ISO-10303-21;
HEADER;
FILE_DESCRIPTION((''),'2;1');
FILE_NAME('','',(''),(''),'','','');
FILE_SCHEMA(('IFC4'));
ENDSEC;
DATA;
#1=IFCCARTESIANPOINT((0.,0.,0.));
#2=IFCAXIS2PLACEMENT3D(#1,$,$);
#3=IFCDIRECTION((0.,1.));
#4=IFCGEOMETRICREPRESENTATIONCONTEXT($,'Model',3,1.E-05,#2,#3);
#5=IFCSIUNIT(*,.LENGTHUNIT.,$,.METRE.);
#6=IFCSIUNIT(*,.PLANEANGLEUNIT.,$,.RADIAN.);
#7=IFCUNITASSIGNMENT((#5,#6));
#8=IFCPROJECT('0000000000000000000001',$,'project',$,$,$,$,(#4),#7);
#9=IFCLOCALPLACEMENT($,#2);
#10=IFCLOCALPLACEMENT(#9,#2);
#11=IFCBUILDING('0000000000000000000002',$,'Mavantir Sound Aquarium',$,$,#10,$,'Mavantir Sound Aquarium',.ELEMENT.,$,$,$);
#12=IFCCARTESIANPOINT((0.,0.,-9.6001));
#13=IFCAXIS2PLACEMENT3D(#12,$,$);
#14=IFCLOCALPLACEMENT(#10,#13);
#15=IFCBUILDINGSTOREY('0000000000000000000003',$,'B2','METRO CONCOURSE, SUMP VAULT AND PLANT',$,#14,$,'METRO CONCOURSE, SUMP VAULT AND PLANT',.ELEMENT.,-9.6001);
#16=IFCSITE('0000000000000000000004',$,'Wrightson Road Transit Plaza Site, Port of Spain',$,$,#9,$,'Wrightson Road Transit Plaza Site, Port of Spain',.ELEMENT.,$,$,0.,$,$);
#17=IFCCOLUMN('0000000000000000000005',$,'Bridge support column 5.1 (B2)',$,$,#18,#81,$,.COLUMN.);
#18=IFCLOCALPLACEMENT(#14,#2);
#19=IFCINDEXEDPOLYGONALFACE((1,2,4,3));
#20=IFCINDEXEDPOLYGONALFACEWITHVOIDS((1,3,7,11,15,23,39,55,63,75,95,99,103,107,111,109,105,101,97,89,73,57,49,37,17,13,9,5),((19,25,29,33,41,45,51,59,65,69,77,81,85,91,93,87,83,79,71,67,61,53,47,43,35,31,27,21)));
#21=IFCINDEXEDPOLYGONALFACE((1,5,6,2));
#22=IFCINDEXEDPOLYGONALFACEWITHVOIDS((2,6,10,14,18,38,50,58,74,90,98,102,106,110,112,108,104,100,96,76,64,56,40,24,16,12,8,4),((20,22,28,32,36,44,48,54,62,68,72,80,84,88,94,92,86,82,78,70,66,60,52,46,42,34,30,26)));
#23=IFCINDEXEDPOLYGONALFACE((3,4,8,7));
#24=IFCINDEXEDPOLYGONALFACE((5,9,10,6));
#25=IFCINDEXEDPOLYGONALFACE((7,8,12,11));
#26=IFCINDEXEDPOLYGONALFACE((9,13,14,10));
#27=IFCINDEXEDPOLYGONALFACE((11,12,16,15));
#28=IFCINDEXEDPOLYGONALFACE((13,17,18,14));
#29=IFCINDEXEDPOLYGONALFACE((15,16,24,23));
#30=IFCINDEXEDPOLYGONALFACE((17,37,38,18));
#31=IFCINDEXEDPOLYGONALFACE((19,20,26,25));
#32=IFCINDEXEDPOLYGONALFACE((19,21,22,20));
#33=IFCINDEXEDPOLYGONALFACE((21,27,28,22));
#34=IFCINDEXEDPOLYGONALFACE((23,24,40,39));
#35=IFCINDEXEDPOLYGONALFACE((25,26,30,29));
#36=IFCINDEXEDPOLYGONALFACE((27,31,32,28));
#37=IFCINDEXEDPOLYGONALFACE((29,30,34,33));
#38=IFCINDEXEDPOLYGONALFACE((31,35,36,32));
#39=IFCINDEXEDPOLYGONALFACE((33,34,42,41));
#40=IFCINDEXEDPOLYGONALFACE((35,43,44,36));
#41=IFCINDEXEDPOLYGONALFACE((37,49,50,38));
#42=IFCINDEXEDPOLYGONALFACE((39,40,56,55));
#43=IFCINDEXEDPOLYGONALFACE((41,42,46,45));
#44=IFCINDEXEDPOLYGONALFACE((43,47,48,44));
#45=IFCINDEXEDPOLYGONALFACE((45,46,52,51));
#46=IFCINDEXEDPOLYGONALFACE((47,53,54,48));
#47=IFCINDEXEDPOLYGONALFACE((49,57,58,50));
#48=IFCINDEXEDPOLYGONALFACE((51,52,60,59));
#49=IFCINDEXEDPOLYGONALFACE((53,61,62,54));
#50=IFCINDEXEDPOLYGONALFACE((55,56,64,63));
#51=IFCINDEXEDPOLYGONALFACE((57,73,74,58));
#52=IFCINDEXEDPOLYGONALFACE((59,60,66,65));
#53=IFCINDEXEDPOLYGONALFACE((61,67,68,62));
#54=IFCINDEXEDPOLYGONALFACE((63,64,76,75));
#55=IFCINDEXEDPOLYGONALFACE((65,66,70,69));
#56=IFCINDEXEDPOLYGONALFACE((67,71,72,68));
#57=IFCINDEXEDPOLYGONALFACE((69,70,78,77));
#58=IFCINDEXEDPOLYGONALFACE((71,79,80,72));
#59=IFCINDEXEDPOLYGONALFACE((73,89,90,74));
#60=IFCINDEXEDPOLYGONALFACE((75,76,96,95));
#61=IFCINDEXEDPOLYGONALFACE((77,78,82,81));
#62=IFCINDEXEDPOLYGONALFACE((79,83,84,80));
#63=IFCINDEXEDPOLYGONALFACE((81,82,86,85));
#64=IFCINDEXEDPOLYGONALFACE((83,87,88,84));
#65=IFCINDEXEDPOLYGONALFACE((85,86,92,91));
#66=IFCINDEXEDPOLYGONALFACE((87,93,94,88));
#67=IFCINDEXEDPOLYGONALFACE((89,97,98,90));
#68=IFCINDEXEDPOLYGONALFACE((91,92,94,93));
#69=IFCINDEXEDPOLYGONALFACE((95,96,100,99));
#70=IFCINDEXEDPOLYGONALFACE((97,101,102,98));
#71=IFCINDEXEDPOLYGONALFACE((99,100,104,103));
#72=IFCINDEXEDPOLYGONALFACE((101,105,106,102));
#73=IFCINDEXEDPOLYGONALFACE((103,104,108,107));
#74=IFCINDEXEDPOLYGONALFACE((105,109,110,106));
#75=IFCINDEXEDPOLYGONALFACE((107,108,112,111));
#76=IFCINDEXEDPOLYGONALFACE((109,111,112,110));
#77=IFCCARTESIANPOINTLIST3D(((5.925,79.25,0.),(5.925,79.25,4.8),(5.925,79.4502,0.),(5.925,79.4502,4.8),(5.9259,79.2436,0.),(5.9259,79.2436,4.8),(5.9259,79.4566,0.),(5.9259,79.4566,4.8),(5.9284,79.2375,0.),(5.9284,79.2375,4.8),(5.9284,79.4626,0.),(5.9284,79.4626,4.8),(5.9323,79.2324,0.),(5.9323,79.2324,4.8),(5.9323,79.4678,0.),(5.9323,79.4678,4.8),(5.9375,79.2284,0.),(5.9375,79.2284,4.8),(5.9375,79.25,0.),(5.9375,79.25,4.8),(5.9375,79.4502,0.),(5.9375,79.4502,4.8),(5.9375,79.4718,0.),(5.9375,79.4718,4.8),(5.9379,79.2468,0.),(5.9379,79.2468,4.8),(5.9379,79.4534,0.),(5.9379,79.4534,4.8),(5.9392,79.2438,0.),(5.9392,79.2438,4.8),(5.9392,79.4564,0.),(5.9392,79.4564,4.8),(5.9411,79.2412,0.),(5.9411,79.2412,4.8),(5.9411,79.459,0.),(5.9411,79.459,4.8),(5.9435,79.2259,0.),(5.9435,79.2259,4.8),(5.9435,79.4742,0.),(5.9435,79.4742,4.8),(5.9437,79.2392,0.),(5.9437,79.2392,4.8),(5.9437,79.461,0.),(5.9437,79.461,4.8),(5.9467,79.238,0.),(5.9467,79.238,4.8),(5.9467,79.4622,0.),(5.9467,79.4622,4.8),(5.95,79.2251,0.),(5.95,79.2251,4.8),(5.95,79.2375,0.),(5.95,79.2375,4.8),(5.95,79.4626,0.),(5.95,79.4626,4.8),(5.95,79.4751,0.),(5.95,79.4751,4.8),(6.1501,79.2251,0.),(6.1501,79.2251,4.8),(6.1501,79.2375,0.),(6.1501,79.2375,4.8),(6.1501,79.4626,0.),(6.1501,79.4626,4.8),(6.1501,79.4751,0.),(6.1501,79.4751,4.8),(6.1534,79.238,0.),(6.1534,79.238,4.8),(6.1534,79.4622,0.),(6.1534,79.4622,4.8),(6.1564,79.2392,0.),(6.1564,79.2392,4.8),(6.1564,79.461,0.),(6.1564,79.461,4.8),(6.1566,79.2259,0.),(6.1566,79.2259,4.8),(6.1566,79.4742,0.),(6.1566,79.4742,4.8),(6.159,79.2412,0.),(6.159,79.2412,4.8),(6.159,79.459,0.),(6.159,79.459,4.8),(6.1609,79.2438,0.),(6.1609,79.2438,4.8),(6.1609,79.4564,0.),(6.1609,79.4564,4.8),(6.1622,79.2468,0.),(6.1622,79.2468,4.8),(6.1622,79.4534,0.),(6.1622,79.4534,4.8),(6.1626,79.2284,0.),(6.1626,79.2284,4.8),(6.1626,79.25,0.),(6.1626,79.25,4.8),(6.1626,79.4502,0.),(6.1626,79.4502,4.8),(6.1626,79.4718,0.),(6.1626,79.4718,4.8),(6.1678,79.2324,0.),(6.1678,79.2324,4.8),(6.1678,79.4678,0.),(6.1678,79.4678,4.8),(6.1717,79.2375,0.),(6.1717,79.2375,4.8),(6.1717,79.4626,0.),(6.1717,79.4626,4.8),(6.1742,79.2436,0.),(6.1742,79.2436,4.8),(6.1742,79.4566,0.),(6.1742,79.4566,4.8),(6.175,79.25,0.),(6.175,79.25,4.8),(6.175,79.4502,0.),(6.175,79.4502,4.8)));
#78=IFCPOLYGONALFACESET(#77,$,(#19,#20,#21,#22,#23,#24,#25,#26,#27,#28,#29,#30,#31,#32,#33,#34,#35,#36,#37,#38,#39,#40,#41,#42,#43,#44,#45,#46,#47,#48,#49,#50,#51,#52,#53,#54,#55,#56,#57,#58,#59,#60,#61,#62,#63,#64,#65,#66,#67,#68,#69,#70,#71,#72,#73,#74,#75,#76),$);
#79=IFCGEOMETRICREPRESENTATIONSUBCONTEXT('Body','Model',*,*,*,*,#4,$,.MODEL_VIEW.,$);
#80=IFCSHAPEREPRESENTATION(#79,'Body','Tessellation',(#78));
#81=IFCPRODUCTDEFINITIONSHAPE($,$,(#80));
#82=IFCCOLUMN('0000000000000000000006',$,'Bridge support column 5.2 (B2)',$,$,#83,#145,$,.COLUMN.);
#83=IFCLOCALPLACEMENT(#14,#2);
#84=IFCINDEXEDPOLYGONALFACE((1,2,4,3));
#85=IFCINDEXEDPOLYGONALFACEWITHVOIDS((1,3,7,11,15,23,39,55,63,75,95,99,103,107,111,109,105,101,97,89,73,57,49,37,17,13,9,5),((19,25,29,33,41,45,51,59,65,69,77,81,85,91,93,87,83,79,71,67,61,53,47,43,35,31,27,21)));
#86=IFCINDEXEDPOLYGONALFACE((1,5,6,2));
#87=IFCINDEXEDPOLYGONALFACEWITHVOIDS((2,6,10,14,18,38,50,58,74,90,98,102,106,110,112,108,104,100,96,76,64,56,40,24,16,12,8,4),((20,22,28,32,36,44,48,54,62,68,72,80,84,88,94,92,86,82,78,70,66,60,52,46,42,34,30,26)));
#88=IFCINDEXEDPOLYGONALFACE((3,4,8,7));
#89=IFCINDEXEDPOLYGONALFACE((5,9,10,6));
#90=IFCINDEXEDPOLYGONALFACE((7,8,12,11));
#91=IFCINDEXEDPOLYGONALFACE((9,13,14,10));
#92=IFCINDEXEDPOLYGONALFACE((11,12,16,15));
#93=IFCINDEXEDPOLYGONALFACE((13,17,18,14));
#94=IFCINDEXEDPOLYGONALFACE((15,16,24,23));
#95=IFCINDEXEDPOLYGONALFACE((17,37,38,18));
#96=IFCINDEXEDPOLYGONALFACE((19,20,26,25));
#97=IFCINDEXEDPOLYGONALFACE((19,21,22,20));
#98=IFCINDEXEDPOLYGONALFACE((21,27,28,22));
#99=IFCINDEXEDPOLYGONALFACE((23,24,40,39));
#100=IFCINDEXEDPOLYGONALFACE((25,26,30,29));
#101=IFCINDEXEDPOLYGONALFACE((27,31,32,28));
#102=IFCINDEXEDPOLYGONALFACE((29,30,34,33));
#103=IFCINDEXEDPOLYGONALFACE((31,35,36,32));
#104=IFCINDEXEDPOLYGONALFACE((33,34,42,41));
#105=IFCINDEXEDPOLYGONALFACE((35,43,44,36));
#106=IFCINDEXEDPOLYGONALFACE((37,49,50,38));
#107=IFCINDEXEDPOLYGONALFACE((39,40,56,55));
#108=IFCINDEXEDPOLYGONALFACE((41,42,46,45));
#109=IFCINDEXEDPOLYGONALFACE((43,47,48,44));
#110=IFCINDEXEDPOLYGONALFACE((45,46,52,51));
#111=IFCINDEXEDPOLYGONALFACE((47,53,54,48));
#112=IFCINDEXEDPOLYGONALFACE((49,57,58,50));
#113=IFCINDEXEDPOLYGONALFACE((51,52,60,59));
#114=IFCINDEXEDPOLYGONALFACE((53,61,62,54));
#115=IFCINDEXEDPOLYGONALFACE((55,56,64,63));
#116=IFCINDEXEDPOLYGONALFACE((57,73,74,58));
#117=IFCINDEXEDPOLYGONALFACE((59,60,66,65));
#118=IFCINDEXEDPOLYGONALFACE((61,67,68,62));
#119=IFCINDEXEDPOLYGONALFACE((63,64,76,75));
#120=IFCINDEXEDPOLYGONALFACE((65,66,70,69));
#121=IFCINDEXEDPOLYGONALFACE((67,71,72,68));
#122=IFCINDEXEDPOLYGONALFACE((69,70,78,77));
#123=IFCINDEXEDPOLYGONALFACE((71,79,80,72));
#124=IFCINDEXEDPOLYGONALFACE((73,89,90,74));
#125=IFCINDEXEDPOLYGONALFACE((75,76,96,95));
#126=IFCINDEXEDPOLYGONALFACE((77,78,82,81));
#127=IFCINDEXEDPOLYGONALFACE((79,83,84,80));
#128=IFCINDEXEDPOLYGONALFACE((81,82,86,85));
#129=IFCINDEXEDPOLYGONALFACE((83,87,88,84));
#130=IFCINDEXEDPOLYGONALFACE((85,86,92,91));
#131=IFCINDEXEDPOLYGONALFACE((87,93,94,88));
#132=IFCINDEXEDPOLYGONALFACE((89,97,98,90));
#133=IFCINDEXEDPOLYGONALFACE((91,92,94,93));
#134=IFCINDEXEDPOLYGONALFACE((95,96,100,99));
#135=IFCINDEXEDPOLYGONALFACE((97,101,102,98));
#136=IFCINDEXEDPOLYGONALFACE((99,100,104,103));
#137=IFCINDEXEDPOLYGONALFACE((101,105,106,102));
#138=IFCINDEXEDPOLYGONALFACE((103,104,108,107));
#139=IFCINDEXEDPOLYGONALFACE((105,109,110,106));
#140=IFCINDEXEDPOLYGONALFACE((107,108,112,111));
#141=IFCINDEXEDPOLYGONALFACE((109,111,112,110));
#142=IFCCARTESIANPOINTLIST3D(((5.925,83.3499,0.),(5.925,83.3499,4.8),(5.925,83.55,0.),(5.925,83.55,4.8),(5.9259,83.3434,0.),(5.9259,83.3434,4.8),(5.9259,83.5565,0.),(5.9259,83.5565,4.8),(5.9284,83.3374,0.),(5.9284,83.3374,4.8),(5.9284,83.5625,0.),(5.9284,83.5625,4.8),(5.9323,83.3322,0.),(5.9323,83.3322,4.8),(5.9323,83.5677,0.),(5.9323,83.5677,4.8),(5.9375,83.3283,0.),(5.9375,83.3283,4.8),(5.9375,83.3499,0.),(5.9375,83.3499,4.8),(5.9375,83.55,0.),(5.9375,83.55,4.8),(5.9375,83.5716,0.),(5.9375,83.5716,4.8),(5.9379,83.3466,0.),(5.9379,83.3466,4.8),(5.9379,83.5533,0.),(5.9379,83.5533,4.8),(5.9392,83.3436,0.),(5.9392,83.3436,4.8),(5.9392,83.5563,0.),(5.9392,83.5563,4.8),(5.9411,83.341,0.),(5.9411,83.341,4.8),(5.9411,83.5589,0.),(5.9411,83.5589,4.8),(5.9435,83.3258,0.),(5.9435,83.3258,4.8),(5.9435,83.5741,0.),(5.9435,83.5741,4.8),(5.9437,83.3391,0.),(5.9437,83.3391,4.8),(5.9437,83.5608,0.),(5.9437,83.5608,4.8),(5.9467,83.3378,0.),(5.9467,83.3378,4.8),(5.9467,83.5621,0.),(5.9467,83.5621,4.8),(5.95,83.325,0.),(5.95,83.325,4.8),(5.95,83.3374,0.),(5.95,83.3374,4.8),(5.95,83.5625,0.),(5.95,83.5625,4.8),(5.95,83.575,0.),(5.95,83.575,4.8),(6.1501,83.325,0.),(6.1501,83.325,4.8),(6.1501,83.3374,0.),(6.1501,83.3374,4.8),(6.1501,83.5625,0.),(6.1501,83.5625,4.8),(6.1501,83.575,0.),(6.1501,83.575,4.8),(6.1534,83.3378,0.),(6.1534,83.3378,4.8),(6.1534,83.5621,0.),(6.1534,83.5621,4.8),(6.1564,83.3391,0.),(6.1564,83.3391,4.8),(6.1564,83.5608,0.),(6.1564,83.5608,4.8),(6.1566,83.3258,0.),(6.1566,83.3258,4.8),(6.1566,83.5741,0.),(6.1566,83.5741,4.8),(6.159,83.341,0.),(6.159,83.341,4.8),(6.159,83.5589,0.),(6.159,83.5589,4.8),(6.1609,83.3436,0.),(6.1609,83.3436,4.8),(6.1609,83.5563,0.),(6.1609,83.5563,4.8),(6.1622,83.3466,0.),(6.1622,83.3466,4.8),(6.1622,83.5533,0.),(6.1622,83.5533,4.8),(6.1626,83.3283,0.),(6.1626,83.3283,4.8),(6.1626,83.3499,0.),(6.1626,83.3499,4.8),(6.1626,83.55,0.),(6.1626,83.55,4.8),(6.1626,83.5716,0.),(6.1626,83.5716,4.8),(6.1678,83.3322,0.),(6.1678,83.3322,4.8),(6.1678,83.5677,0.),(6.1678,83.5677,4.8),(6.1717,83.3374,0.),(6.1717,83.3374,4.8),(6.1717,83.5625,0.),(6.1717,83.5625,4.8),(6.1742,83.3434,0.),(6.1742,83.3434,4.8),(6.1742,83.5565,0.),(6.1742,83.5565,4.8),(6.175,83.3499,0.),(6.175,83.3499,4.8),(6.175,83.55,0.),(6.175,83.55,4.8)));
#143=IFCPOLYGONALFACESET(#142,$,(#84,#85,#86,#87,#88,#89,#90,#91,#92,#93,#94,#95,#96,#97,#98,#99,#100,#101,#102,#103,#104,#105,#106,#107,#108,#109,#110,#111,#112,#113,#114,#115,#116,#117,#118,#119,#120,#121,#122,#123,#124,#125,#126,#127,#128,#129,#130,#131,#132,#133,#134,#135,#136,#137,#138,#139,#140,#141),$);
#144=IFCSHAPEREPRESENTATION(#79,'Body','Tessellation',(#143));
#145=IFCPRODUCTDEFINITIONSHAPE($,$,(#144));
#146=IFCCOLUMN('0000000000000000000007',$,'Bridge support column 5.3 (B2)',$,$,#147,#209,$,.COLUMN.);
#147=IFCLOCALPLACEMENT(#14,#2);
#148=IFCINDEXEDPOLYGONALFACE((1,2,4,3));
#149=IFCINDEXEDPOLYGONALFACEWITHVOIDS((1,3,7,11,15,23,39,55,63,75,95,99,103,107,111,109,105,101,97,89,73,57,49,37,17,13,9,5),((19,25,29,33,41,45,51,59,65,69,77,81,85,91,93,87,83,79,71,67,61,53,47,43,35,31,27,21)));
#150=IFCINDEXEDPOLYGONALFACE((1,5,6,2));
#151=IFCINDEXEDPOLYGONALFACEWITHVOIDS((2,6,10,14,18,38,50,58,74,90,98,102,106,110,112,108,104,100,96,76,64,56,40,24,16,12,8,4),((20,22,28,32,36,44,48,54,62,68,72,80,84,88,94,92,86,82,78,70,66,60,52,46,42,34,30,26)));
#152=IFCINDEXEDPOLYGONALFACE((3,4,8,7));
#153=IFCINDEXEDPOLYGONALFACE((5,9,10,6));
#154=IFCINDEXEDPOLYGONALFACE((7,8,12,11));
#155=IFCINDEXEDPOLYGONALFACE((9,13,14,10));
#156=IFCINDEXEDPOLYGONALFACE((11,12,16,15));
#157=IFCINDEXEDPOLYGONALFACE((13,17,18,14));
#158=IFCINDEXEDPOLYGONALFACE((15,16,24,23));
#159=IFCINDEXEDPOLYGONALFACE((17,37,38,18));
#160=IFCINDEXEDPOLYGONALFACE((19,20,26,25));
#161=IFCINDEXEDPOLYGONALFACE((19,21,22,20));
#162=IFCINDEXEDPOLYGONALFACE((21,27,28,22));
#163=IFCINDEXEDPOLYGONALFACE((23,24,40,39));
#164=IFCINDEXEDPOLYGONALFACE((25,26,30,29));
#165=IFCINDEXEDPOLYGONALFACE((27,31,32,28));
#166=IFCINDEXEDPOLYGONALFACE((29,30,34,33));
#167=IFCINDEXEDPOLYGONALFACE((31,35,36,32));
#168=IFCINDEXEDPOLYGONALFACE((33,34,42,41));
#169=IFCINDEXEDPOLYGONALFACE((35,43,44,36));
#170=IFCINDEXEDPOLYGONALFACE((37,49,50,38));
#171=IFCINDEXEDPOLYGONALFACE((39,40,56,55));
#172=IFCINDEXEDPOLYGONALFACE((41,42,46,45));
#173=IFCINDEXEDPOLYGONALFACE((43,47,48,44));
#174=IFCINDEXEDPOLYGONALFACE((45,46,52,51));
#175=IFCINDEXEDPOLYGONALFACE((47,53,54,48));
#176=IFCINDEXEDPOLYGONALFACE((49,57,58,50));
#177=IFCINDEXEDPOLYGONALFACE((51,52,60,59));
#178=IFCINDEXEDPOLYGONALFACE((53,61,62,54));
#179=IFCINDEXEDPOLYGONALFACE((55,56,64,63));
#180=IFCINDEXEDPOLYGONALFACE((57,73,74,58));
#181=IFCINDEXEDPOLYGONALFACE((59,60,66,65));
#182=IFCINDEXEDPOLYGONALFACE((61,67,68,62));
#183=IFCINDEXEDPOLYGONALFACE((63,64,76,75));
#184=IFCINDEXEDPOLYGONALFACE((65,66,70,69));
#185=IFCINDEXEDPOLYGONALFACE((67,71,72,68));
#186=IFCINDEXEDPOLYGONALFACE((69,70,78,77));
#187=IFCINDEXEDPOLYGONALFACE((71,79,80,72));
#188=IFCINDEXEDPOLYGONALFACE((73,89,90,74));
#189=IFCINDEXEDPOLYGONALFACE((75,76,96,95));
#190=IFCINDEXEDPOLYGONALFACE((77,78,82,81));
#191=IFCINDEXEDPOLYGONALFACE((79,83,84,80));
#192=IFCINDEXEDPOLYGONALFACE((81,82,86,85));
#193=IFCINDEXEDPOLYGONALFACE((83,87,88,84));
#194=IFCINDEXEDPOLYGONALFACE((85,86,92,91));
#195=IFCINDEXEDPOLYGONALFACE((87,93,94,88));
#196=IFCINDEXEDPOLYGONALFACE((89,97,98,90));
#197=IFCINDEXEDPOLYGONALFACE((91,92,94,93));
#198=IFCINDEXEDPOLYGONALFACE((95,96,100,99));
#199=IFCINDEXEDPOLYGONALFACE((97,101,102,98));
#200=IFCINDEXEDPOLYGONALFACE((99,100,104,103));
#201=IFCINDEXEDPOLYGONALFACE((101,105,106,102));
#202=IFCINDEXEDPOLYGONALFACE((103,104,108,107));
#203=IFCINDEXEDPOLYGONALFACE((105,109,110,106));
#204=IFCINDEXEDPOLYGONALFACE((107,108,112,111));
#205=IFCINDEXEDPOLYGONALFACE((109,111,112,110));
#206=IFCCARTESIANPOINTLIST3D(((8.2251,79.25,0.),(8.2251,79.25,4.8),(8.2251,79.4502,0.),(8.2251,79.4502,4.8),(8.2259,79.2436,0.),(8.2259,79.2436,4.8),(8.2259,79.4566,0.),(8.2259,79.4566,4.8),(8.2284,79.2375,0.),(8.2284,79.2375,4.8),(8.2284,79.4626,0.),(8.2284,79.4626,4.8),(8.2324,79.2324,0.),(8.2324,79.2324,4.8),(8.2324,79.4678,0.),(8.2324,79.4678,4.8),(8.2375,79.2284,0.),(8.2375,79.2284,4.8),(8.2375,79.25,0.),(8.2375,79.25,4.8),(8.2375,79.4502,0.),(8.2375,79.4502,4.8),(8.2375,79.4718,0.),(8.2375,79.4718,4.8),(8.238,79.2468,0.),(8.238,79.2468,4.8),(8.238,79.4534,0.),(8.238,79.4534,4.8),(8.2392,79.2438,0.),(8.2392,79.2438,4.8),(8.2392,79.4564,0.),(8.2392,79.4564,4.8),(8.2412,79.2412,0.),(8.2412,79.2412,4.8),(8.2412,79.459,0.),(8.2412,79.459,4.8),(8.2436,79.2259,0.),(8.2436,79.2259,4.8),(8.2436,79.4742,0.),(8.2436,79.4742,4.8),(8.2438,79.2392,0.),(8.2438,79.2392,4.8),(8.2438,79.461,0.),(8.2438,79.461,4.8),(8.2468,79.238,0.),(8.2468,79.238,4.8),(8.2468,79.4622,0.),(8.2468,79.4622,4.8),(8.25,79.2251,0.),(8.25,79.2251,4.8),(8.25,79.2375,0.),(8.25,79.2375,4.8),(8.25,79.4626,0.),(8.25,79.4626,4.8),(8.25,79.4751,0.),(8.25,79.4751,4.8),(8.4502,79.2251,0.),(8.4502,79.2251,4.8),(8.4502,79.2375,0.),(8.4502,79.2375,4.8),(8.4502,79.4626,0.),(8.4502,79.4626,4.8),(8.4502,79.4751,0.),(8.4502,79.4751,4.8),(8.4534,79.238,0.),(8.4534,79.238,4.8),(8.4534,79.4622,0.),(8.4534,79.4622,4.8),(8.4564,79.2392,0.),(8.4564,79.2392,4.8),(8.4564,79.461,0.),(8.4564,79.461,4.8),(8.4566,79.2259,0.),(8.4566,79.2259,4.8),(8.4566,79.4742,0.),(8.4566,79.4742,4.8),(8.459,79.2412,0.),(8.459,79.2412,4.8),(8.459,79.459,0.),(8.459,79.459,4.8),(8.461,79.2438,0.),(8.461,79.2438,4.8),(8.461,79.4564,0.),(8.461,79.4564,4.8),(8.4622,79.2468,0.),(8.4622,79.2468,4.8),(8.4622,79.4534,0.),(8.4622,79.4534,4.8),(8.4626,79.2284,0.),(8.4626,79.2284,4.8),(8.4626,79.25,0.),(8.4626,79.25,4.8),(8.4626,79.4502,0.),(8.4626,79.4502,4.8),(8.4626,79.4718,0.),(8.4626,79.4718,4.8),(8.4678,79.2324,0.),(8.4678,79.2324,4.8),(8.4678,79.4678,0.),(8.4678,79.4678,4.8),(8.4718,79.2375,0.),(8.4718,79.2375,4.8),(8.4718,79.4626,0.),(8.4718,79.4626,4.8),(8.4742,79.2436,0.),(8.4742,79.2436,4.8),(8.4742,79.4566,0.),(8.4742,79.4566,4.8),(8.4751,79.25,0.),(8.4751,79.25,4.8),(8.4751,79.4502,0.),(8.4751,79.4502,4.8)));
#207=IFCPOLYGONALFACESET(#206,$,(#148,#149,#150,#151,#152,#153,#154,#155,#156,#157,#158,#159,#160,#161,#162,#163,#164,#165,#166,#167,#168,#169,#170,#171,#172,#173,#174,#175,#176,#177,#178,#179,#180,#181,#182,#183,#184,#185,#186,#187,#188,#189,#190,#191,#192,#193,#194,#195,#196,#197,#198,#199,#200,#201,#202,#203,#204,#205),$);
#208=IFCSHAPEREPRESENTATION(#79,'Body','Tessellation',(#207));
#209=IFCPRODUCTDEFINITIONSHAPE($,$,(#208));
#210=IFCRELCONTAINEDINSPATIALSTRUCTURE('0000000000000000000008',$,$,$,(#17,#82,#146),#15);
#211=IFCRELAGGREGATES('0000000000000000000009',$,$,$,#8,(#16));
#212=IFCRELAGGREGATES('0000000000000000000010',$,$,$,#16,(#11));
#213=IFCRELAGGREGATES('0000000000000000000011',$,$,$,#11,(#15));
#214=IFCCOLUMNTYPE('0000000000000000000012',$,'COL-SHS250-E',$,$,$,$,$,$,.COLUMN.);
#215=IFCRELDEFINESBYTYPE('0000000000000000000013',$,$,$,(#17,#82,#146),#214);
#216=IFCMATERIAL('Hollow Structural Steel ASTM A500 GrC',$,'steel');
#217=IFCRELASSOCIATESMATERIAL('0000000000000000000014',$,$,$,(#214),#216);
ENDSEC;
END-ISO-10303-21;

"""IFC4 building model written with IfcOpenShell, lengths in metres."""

from ifc_helpers import new_model, si_unit, direction, frame, origin, origin_2d, place, context, subcontext, project, spatial, hollow_rectangle, extrude, material, material_profile, profile_set, type_object, element, save


model = new_model("IFC4")

# Units and contexts
model_context = context("Model", 3, precision=1e-05, world=origin(), true_north=direction((0.0, 1.0)))
body_context = subcontext(model_context, "Body", "Model", "MODEL_VIEW")
ifc_project = project(units=[si_unit("LENGTHUNIT", "METRE"), si_unit("PLANEANGLEUNIT", "RADIAN")], contexts=[model_context])

# Site, building, storey
site_placement = place(None, origin())
site = spatial("IfcSite", under=ifc_project, at=site_placement, Name="Wrightson Road Transit Plaza Site, Port of Spain", LongName="Wrightson Road Transit Plaza Site, Port of Spain", CompositionType="ELEMENT", RefElevation=0.0)
building_placement = place(site_placement, origin())
building = spatial("IfcBuilding", under=site, at=building_placement, Name="Mavantir Sound Aquarium", LongName="Mavantir Sound Aquarium", CompositionType="ELEMENT")
storey_placement = place(building_placement, frame((0.0, 0.0, -9.6001)))
storey = spatial("IfcBuildingStorey", under=building, at=storey_placement, Name="B2", Description="METRO CONCOURSE, SUMP VAULT AND PLANT", LongName="METRO CONCOURSE, SUMP VAULT AND PLANT", CompositionType="ELEMENT", Elevation=-9.6001)

# Columns
ifc_material_1 = material(Name="Hollow Structural Steel ASTM A500 GrC", Category="steel")
ifc_material_profile_1 = material_profile(ifc_material_1, hollow_rectangle(XDim=0.25, YDim=0.25, WallThickness=0.0125, InnerFilletRadius=0.0125, OuterFilletRadius=0.0249, at=origin_2d()), Name="SHS 250X250X12.5")
ifc_profile_set_1 = profile_set([ifc_material_profile_1], Name="Hollow Structural Steel ASTM A500 GrC")
column_type_1 = type_object("IfcColumnType", Name="COL-SHS250-E", PredefinedType="COLUMN", material=ifc_profile_set_1)
for number, where, z_axis, x_axis, name in (
    (1, (6.05, 79.3501, 0.0), (0.0, 0.0, 1.0), (1.0, 0.0, 0.0), "Bridge support column 5.1 (B2)"),
    (2, (6.05, 83.45, 0.0), (0.0, 0.0, 1.0), (1.0, 0.0, 0.0), "Bridge support column 5.2 (B2)"),
    (3, (8.3501, 79.3501, 0.0), (0.0, 0.0, 1.0), (1.0, 0.0, 0.0), "Bridge support column 5.3 (B2)"),
):
    element("IfcColumn", number, at=place(storey_placement, frame(where, z_axis=z_axis, x_axis=x_axis)), inside=storey, type_object=column_type_1, Name=name, PredefinedType="COLUMN", context=body_context, shape_type="SweptSolid", body=[
        extrude(hollow_rectangle(XDim=0.25, YDim=0.25, WallThickness=0.0125, InnerFilletRadius=0.0125, OuterFilletRadius=0.0249, at=origin_2d()), origin(), (0.0, 0.0, 1.0), 4.8),
    ])

save(model, "model.ifc")
